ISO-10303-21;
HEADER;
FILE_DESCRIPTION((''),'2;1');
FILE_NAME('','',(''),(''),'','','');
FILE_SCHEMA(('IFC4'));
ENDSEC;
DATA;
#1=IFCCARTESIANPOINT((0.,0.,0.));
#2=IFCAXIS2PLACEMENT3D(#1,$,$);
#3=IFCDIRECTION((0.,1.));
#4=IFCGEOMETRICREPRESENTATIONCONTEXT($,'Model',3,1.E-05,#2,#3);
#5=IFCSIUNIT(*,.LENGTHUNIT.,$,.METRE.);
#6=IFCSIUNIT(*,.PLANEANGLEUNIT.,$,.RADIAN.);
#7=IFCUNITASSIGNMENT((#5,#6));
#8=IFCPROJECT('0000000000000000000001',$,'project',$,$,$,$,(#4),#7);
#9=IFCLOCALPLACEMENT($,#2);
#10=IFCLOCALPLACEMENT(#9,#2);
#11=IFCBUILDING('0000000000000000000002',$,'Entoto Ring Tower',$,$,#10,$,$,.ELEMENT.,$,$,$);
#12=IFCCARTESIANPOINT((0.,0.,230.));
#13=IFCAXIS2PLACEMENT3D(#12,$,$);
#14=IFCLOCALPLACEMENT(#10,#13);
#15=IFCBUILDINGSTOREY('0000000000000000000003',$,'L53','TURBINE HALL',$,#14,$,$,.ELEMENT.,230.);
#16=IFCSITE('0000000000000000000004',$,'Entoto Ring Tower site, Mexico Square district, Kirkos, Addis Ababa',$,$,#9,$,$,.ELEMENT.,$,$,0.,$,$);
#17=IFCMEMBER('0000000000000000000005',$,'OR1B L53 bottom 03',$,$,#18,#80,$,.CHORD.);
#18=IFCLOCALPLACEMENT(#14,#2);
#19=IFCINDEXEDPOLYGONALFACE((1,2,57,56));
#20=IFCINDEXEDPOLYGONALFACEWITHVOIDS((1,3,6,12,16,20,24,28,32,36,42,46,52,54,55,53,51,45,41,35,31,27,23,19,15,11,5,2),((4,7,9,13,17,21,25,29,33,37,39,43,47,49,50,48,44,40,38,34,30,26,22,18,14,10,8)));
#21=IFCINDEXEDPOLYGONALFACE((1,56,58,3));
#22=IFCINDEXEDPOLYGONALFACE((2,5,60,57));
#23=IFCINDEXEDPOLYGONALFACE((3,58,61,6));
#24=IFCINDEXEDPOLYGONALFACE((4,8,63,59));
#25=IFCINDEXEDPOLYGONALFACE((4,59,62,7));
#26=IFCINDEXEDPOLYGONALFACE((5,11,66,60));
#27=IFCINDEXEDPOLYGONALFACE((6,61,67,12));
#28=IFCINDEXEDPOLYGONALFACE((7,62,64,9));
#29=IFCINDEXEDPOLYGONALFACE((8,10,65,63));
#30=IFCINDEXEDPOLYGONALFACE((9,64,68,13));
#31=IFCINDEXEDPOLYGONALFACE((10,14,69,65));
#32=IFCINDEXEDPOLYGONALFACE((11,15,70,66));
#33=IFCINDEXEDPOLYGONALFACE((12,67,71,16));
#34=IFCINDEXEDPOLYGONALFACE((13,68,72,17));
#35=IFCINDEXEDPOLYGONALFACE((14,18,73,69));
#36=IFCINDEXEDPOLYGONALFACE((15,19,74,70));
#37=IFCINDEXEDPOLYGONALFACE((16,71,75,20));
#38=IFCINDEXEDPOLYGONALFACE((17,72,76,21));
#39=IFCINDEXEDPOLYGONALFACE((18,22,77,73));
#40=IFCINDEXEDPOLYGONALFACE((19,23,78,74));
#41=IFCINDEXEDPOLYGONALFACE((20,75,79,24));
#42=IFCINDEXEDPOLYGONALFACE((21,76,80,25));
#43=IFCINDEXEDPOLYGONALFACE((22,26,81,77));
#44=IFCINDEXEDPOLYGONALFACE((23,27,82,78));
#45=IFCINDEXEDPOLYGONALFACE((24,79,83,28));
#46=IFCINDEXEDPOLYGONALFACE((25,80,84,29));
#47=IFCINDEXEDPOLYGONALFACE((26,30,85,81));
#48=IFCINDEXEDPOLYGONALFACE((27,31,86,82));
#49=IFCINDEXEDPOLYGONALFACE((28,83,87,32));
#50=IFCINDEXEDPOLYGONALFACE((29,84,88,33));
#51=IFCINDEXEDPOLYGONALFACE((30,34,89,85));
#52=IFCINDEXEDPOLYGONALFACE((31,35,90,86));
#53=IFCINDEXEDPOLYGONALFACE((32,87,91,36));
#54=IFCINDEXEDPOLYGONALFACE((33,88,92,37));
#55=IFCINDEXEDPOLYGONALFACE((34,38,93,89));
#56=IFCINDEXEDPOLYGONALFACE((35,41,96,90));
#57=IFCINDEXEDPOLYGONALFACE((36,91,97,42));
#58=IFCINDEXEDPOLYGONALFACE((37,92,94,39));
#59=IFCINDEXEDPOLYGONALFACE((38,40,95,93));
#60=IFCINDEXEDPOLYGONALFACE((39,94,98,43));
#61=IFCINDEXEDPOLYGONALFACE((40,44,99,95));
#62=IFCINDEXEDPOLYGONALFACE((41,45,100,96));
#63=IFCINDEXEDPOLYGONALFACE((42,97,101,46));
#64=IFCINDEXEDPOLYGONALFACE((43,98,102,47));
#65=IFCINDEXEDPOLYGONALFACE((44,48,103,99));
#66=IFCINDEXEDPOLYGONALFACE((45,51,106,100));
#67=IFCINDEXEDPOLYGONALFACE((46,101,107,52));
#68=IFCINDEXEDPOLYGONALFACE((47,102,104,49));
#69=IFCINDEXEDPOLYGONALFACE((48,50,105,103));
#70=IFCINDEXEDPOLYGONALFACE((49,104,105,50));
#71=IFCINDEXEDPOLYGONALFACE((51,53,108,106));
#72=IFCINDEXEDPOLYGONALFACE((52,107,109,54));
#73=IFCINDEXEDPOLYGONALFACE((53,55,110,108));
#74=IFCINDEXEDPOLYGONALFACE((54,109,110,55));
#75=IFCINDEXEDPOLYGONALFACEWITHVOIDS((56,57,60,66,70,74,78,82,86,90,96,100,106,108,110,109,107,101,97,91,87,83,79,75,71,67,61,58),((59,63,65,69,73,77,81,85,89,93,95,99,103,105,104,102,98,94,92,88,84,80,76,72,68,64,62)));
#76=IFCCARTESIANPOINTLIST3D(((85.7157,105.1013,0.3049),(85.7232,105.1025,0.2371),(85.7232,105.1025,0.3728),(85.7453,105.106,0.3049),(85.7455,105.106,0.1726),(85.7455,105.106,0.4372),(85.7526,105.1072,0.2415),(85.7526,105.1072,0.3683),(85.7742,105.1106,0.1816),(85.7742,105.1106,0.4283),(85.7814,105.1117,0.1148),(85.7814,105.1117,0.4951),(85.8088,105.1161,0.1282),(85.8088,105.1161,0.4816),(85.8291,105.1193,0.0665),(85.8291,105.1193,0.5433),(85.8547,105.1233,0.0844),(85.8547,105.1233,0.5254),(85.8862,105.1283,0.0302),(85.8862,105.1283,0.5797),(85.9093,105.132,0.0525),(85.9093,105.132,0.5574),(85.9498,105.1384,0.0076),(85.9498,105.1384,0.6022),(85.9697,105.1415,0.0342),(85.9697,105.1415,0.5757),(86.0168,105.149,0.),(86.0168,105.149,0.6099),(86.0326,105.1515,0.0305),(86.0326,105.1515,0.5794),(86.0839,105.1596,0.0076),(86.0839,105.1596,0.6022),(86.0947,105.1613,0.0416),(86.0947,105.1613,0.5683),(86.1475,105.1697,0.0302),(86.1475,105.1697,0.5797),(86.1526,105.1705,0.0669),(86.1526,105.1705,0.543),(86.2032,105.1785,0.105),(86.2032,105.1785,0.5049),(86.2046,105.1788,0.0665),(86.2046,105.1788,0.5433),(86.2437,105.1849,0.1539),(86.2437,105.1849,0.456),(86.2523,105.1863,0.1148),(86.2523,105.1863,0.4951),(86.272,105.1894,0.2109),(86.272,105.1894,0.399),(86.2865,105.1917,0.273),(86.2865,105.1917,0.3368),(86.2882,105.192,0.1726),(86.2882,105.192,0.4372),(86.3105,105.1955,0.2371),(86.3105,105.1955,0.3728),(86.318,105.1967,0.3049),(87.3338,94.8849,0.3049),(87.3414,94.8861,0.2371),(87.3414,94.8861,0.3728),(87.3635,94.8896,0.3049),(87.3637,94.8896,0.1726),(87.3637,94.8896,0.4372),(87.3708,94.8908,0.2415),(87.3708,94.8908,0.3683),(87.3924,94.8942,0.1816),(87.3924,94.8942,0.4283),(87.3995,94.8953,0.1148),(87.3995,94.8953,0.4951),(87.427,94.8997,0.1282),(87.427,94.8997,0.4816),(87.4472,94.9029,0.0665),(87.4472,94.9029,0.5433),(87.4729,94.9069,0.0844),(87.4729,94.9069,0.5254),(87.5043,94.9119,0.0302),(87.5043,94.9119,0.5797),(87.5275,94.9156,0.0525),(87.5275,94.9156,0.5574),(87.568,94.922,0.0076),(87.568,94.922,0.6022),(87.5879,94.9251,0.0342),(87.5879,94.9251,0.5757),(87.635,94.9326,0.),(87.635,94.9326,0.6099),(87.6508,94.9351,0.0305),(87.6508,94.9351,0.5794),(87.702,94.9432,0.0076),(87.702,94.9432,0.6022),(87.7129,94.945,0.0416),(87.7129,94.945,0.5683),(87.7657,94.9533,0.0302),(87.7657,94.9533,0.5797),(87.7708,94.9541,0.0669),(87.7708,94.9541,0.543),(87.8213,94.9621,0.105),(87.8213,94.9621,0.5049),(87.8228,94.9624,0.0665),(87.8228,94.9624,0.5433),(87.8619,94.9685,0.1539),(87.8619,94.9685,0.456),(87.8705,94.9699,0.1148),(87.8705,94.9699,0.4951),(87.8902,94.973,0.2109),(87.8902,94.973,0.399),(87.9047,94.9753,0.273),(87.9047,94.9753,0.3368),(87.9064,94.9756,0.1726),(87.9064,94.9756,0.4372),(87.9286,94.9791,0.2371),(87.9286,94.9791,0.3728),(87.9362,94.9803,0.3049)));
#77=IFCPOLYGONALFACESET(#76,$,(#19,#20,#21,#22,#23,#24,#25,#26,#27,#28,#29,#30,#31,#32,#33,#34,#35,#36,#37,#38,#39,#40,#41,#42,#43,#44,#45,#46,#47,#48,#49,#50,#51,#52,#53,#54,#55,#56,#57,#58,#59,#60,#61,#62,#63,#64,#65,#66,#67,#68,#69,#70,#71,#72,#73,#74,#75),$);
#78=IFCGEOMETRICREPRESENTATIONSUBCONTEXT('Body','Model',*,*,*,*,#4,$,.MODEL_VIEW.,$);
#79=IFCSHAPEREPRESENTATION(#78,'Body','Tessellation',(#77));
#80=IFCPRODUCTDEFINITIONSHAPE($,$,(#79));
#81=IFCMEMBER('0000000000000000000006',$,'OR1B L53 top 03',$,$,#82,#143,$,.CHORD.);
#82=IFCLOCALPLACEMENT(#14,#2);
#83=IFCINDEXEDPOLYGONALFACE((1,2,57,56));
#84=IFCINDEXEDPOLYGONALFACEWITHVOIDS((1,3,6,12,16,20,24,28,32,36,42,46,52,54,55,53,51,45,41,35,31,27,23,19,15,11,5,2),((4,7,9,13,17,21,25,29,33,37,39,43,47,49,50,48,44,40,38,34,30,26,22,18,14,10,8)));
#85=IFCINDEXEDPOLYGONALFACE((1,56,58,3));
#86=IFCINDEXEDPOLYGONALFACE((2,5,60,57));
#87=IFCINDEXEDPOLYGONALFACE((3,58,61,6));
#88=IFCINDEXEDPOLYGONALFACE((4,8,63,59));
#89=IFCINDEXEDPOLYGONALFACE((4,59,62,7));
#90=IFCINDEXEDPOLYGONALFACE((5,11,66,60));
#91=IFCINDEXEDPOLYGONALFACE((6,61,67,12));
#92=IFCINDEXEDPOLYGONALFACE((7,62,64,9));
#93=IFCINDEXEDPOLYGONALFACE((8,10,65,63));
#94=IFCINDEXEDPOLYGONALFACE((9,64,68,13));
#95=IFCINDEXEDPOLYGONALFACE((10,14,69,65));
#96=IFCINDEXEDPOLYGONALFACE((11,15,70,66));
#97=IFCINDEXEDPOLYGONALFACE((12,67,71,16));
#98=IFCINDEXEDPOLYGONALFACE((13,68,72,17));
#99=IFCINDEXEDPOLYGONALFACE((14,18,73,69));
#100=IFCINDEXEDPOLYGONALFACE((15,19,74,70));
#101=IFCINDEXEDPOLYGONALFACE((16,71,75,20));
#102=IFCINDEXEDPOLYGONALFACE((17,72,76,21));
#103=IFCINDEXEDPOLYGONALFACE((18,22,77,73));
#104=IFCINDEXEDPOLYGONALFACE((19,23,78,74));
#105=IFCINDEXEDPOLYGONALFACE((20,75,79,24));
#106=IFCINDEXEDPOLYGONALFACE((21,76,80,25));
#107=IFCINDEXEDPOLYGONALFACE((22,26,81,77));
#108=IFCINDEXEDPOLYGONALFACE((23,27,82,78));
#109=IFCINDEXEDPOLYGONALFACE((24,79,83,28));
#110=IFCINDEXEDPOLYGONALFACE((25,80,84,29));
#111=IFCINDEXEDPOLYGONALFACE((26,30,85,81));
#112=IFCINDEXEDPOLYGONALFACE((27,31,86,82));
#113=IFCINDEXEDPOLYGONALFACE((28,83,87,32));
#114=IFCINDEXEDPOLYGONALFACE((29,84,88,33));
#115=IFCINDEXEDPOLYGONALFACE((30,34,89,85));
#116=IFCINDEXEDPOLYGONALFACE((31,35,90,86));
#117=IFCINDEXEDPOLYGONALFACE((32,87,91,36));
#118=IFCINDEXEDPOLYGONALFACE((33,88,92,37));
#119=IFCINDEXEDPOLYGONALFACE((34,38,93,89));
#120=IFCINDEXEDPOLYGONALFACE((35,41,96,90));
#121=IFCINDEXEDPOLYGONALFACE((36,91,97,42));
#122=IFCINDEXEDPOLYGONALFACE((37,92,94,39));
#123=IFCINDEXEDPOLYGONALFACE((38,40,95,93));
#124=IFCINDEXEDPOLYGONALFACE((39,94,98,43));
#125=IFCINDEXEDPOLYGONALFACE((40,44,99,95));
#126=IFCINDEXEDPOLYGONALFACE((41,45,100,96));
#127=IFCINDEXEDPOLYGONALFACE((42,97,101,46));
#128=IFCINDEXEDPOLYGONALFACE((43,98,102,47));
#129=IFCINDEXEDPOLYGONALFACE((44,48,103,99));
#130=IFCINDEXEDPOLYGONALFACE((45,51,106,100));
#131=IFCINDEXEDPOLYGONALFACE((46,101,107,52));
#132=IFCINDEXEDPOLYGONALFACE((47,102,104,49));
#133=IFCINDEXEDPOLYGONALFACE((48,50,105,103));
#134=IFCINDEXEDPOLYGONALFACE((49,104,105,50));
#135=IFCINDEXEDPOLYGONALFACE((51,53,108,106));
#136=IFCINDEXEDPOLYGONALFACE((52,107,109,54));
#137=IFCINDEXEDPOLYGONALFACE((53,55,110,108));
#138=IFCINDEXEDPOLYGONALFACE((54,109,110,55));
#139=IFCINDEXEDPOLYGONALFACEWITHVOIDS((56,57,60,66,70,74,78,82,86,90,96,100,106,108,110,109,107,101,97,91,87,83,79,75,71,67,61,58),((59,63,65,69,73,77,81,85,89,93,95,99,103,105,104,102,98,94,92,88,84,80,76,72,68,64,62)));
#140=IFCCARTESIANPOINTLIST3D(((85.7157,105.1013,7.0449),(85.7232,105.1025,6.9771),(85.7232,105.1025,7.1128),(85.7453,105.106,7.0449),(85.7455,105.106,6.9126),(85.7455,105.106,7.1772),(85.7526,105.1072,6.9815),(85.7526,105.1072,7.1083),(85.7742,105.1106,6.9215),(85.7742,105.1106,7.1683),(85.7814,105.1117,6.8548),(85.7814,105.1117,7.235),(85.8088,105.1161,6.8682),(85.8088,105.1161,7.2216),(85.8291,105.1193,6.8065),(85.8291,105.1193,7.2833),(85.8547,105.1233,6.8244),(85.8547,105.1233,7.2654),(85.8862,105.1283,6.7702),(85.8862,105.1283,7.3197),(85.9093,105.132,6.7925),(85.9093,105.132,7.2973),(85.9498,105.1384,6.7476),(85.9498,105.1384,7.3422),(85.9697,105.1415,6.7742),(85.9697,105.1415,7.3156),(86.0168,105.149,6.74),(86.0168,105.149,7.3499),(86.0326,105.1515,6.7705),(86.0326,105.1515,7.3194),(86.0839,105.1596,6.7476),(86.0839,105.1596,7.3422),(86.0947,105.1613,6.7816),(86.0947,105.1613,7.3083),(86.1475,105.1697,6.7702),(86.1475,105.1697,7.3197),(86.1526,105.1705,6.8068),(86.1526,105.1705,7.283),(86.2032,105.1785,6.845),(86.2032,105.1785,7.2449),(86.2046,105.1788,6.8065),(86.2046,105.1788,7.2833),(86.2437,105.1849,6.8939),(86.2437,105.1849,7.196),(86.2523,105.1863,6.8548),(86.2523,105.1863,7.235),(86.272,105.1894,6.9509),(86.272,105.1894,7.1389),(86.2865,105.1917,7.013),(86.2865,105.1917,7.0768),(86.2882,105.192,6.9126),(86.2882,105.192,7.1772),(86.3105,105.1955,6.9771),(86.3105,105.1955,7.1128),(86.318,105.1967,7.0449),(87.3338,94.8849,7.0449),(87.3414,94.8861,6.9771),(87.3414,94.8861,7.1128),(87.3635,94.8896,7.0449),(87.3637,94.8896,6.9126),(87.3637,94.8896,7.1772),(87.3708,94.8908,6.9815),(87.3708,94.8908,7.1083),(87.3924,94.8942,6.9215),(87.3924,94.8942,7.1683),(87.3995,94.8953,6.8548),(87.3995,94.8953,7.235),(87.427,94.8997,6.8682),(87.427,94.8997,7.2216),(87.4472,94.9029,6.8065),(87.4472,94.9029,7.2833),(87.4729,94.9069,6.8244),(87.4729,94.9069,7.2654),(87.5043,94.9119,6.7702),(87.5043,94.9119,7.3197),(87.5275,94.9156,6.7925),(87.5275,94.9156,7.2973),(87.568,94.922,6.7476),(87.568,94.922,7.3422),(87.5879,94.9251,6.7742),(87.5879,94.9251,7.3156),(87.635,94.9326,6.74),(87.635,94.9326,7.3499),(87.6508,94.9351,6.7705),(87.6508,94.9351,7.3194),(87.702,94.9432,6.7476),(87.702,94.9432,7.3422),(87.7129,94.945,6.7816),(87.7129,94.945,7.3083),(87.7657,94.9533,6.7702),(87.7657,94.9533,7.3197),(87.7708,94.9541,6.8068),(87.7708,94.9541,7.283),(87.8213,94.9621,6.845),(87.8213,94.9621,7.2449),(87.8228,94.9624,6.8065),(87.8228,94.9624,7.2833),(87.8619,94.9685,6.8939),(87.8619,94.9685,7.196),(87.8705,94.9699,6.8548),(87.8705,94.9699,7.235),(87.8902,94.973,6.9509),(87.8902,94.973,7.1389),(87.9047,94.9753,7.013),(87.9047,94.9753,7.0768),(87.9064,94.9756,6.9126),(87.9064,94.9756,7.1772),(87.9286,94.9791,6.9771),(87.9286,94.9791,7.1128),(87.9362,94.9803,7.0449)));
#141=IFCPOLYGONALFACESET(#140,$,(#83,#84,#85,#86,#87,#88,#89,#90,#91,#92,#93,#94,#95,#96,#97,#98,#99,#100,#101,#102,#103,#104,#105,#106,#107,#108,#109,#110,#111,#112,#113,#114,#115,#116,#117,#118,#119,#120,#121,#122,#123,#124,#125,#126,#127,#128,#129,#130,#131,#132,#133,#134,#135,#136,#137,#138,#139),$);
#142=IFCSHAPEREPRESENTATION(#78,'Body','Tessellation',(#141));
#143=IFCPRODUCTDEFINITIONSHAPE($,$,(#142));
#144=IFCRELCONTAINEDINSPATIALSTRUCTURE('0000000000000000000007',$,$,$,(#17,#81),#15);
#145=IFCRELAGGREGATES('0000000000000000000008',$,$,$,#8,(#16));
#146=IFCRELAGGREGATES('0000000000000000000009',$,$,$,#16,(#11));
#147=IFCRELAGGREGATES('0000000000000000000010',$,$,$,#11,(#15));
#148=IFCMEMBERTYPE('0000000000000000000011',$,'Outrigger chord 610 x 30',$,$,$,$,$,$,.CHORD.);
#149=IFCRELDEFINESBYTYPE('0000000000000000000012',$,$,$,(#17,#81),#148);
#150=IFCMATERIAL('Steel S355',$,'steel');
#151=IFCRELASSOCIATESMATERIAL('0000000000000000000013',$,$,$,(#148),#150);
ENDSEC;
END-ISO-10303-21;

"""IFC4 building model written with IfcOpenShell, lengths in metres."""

from ifc_helpers import new_model, si_unit, direction, frame, origin, origin_2d, place, context, subcontext, project, spatial, circle, hollow_circle, extrude, material, material_profile, profile_set, type_object, element, save


model = new_model("IFC4")

# Units and contexts
model_context = context("Model", 3, precision=1e-05, world=origin(), true_north=direction((0.0, 1.0)))
body_context = subcontext(model_context, "Body", "Model", "MODEL_VIEW")
ifc_project = project(units=[si_unit("LENGTHUNIT", "METRE"), si_unit("PLANEANGLEUNIT", "RADIAN")], contexts=[model_context])

# Site, building, storey
site_placement = place(None, origin())
site = spatial("IfcSite", under=ifc_project, at=site_placement, Name="Entoto Ring Tower site, Mexico Square district, Kirkos, Addis Ababa", CompositionType="ELEMENT", RefElevation=0.0)
building_placement = place(site_placement, origin())
building = spatial("IfcBuilding", under=site, at=building_placement, Name="Entoto Ring Tower", CompositionType="ELEMENT")
storey_placement = place(building_placement, frame((0.0, 0.0, 230.0)))
storey = spatial("IfcBuildingStorey", under=building, at=storey_placement, Name="L53", Description="TURBINE HALL", CompositionType="ELEMENT", Elevation=230.0)

# Members
ifc_material_1 = material(Name="Steel S355", Category="steel")
ifc_material_profile_1 = material_profile(ifc_material_1, hollow_circle(Radius=0.3049, WallThickness=0.03, at=origin_2d()), Name="CHS 610 x 30")
ifc_material_2 = material(Name="Concrete C60/75", Category="concrete")
ifc_material_profile_2 = material_profile(ifc_material_2, circle(Radius=0.2749, at=origin_2d()), Name="Concrete C60/75 infill")
ifc_profile_set_1 = profile_set([ifc_material_profile_1, ifc_material_profile_2], Name="Steel S355")
member_type_1 = type_object("IfcMemberType", Name="Outrigger chord 610 x 30", PredefinedType="CHORD", material=ifc_profile_set_1)
for number, where, z_axis, x_axis, name in (
    (1, (87.635, 94.9326, 0.3049), (-0.15644, 0.987687, 0.0), (-0.987687, -0.15644, 0.0), "OR1B L53 bottom 03"),
    (2, (87.635, 94.9326, 7.0449), (-0.15644, 0.987687, 0.0), (-0.987687, -0.15644, 0.0), "OR1B L53 top 03"),
):
    element("IfcMember", number, at=place(storey_placement, frame(where, z_axis=z_axis, x_axis=x_axis)), inside=storey, type_object=member_type_1, Name=name, PredefinedType="CHORD", context=body_context, shape_type="SweptSolid", body=[
        extrude(hollow_circle(Radius=0.3049, WallThickness=0.03, at=origin_2d()), origin(), (0.0, 0.0, 1.0), 10.3438),
    ])

save(model, "model.ifc")
